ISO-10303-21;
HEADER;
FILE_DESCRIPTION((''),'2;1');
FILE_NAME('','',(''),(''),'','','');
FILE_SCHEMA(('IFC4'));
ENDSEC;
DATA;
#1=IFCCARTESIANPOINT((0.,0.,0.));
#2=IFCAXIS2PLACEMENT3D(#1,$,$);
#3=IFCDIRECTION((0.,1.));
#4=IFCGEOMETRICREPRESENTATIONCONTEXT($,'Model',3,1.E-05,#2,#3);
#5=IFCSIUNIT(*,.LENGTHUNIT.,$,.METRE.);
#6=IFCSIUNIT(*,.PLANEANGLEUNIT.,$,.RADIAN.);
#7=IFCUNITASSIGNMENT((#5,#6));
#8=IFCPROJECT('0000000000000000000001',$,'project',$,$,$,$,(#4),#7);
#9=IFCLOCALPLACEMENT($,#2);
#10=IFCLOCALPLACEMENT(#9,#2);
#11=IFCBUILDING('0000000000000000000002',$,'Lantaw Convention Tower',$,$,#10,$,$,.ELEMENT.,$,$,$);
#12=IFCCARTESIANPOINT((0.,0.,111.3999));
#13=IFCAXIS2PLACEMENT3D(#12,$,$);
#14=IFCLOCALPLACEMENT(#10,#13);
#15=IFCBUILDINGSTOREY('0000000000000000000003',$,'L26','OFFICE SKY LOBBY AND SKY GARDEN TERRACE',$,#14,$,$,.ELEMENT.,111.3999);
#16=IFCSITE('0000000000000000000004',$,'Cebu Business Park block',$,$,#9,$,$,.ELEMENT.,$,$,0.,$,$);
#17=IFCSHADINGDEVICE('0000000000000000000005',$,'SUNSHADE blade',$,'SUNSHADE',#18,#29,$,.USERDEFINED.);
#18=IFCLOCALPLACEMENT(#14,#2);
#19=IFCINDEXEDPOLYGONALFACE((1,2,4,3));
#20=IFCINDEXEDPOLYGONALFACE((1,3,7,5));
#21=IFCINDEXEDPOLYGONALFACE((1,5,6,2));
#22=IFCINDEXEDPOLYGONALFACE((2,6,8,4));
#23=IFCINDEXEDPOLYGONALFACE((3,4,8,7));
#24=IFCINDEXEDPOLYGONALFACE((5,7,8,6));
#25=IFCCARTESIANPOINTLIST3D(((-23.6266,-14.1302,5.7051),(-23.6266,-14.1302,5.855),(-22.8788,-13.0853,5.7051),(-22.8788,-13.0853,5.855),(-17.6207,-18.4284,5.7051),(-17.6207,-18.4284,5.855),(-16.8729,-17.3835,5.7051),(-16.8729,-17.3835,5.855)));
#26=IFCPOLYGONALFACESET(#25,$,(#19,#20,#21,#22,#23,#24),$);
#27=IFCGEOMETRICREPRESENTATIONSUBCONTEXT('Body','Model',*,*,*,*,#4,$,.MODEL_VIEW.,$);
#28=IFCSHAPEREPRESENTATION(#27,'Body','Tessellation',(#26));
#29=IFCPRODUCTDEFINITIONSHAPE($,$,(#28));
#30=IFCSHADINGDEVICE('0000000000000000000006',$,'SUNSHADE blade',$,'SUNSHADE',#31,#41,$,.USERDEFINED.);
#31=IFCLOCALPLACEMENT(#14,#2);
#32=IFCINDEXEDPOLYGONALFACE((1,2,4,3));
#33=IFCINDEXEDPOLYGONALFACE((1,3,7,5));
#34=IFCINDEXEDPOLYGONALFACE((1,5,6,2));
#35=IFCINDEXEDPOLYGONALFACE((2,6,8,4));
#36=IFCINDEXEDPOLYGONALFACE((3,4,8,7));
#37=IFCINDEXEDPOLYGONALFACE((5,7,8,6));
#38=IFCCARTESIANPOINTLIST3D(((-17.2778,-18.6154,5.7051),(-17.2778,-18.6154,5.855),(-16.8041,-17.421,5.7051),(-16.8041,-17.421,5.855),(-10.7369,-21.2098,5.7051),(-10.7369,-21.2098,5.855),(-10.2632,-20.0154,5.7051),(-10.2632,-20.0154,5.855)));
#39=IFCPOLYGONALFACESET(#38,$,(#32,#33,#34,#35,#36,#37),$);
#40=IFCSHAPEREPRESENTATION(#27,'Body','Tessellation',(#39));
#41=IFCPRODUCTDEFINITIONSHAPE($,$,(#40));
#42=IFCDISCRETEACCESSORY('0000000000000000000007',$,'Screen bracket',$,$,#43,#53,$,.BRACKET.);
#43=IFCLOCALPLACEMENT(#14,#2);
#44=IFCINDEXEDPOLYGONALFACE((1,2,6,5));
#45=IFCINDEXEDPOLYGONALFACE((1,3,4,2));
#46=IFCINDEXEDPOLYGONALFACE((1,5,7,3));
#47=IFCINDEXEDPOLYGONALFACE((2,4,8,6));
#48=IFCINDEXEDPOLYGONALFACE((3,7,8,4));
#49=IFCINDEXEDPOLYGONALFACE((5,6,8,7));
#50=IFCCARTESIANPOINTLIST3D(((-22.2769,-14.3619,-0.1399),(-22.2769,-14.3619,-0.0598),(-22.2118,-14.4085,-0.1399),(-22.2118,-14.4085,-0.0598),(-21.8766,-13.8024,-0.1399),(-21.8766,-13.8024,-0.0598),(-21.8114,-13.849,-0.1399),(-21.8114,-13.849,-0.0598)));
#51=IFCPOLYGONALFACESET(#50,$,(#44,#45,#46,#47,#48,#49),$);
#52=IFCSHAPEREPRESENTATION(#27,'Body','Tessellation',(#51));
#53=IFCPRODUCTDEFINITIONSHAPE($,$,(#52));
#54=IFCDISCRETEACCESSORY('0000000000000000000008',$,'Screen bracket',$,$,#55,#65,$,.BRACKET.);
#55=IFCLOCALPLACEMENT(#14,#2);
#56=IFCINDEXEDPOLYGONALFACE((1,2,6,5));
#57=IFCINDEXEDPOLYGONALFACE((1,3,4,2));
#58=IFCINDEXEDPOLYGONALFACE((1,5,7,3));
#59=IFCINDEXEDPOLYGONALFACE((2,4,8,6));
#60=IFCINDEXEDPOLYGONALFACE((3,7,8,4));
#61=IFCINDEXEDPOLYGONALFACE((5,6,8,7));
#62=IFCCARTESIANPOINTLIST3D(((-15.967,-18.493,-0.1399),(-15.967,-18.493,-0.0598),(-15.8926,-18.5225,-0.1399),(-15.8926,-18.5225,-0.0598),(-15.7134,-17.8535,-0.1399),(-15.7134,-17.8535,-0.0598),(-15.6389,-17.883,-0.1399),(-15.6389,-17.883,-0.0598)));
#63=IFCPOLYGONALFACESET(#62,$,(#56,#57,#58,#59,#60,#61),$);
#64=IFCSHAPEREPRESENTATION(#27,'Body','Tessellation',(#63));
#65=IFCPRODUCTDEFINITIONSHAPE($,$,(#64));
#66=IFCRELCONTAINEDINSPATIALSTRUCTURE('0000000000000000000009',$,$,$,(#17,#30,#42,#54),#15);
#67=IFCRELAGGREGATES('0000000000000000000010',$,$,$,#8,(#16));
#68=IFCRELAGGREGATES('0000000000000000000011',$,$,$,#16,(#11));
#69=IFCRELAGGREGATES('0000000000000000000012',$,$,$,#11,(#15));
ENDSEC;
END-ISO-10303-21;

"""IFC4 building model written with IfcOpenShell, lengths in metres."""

from ifc_helpers import new_model, si_unit, direction, frame, origin, origin_2d, place, context, subcontext, project, spatial, rectangle, extrude, element, save


model = new_model("IFC4")

# Units and contexts
model_context = context("Model", 3, precision=1e-05, world=origin(), true_north=direction((0.0, 1.0)))
body_context = subcontext(model_context, "Body", "Model", "MODEL_VIEW")
ifc_project = project(units=[si_unit("LENGTHUNIT", "METRE"), si_unit("PLANEANGLEUNIT", "RADIAN")], contexts=[model_context])

# Site, building, storey
site_placement = place(None, origin())
site = spatial("IfcSite", under=ifc_project, at=site_placement, Name="Cebu Business Park block", CompositionType="ELEMENT", RefElevation=0.0)
building_placement = place(site_placement, origin())
building = spatial("IfcBuilding", under=site, at=building_placement, Name="Lantaw Convention Tower", CompositionType="ELEMENT")
storey_placement = place(building_placement, frame((0.0, 0.0, 111.3999)))
storey = spatial("IfcBuildingStorey", under=building, at=storey_placement, Name="L26", Description="OFFICE SKY LOBBY AND SKY GARDEN TERRACE", CompositionType="ELEMENT", Elevation=111.3999)

# Shading devices
shading_device_1_placement = place(storey_placement, frame((-20.2498, -15.7568, 5.7051), z_axis=(0.0, 0.0, 1.0), x_axis=(0.813208, -0.581973, 0.0)))
element("IfcShadingDevice", 1, at=shading_device_1_placement, inside=storey, Name="SUNSHADE blade", ObjectType="SUNSHADE", PredefinedType="USERDEFINED", context=body_context, shape_type="SweptSolid", body=[
    extrude(rectangle(XDim=7.3855, YDim=1.2849, at=origin_2d()), origin(), (0.0, 0.0, 1.0), 0.1499),
])
shading_device_2_placement = place(storey_placement, frame((-13.7705, -19.3154, 5.7051), z_axis=(0.0, 0.0, 1.0), x_axis=(0.929548, -0.368702, 0.0)))
element("IfcShadingDevice", 2, at=shading_device_2_placement, inside=storey, Name="SUNSHADE blade", ObjectType="SUNSHADE", PredefinedType="USERDEFINED", context=body_context, shape_type="SweptSolid", body=[
    extrude(rectangle(XDim=7.0366, YDim=1.2849, at=origin_2d()), origin(), (0.0, 0.0, 1.0), 0.1499),
])

# Discrete accessories
for number, where, z_axis, x_axis, name in (
    (3, (-22.0442, -14.1055, -0.1399), (0.0, 0.0, 1.0), (0.813208, -0.581973, 0.0), "Screen bracket"),
    (4, (-15.803, -18.188, -0.1399), (0.0, 0.0, 1.0), (0.929548, -0.368702, 0.0), "Screen bracket"),
):
    element("IfcDiscreteAccessory", number, at=place(storey_placement, frame(where, z_axis=z_axis, x_axis=x_axis)), inside=storey, Name=name, PredefinedType="BRACKET", context=body_context, shape_type="SweptSolid", body=[
        extrude(rectangle(XDim=0.0801, YDim=0.688, at=origin_2d()), origin(), (0.0, 0.0, 1.0), 0.0801),
    ])

save(model, "model.ifc")
